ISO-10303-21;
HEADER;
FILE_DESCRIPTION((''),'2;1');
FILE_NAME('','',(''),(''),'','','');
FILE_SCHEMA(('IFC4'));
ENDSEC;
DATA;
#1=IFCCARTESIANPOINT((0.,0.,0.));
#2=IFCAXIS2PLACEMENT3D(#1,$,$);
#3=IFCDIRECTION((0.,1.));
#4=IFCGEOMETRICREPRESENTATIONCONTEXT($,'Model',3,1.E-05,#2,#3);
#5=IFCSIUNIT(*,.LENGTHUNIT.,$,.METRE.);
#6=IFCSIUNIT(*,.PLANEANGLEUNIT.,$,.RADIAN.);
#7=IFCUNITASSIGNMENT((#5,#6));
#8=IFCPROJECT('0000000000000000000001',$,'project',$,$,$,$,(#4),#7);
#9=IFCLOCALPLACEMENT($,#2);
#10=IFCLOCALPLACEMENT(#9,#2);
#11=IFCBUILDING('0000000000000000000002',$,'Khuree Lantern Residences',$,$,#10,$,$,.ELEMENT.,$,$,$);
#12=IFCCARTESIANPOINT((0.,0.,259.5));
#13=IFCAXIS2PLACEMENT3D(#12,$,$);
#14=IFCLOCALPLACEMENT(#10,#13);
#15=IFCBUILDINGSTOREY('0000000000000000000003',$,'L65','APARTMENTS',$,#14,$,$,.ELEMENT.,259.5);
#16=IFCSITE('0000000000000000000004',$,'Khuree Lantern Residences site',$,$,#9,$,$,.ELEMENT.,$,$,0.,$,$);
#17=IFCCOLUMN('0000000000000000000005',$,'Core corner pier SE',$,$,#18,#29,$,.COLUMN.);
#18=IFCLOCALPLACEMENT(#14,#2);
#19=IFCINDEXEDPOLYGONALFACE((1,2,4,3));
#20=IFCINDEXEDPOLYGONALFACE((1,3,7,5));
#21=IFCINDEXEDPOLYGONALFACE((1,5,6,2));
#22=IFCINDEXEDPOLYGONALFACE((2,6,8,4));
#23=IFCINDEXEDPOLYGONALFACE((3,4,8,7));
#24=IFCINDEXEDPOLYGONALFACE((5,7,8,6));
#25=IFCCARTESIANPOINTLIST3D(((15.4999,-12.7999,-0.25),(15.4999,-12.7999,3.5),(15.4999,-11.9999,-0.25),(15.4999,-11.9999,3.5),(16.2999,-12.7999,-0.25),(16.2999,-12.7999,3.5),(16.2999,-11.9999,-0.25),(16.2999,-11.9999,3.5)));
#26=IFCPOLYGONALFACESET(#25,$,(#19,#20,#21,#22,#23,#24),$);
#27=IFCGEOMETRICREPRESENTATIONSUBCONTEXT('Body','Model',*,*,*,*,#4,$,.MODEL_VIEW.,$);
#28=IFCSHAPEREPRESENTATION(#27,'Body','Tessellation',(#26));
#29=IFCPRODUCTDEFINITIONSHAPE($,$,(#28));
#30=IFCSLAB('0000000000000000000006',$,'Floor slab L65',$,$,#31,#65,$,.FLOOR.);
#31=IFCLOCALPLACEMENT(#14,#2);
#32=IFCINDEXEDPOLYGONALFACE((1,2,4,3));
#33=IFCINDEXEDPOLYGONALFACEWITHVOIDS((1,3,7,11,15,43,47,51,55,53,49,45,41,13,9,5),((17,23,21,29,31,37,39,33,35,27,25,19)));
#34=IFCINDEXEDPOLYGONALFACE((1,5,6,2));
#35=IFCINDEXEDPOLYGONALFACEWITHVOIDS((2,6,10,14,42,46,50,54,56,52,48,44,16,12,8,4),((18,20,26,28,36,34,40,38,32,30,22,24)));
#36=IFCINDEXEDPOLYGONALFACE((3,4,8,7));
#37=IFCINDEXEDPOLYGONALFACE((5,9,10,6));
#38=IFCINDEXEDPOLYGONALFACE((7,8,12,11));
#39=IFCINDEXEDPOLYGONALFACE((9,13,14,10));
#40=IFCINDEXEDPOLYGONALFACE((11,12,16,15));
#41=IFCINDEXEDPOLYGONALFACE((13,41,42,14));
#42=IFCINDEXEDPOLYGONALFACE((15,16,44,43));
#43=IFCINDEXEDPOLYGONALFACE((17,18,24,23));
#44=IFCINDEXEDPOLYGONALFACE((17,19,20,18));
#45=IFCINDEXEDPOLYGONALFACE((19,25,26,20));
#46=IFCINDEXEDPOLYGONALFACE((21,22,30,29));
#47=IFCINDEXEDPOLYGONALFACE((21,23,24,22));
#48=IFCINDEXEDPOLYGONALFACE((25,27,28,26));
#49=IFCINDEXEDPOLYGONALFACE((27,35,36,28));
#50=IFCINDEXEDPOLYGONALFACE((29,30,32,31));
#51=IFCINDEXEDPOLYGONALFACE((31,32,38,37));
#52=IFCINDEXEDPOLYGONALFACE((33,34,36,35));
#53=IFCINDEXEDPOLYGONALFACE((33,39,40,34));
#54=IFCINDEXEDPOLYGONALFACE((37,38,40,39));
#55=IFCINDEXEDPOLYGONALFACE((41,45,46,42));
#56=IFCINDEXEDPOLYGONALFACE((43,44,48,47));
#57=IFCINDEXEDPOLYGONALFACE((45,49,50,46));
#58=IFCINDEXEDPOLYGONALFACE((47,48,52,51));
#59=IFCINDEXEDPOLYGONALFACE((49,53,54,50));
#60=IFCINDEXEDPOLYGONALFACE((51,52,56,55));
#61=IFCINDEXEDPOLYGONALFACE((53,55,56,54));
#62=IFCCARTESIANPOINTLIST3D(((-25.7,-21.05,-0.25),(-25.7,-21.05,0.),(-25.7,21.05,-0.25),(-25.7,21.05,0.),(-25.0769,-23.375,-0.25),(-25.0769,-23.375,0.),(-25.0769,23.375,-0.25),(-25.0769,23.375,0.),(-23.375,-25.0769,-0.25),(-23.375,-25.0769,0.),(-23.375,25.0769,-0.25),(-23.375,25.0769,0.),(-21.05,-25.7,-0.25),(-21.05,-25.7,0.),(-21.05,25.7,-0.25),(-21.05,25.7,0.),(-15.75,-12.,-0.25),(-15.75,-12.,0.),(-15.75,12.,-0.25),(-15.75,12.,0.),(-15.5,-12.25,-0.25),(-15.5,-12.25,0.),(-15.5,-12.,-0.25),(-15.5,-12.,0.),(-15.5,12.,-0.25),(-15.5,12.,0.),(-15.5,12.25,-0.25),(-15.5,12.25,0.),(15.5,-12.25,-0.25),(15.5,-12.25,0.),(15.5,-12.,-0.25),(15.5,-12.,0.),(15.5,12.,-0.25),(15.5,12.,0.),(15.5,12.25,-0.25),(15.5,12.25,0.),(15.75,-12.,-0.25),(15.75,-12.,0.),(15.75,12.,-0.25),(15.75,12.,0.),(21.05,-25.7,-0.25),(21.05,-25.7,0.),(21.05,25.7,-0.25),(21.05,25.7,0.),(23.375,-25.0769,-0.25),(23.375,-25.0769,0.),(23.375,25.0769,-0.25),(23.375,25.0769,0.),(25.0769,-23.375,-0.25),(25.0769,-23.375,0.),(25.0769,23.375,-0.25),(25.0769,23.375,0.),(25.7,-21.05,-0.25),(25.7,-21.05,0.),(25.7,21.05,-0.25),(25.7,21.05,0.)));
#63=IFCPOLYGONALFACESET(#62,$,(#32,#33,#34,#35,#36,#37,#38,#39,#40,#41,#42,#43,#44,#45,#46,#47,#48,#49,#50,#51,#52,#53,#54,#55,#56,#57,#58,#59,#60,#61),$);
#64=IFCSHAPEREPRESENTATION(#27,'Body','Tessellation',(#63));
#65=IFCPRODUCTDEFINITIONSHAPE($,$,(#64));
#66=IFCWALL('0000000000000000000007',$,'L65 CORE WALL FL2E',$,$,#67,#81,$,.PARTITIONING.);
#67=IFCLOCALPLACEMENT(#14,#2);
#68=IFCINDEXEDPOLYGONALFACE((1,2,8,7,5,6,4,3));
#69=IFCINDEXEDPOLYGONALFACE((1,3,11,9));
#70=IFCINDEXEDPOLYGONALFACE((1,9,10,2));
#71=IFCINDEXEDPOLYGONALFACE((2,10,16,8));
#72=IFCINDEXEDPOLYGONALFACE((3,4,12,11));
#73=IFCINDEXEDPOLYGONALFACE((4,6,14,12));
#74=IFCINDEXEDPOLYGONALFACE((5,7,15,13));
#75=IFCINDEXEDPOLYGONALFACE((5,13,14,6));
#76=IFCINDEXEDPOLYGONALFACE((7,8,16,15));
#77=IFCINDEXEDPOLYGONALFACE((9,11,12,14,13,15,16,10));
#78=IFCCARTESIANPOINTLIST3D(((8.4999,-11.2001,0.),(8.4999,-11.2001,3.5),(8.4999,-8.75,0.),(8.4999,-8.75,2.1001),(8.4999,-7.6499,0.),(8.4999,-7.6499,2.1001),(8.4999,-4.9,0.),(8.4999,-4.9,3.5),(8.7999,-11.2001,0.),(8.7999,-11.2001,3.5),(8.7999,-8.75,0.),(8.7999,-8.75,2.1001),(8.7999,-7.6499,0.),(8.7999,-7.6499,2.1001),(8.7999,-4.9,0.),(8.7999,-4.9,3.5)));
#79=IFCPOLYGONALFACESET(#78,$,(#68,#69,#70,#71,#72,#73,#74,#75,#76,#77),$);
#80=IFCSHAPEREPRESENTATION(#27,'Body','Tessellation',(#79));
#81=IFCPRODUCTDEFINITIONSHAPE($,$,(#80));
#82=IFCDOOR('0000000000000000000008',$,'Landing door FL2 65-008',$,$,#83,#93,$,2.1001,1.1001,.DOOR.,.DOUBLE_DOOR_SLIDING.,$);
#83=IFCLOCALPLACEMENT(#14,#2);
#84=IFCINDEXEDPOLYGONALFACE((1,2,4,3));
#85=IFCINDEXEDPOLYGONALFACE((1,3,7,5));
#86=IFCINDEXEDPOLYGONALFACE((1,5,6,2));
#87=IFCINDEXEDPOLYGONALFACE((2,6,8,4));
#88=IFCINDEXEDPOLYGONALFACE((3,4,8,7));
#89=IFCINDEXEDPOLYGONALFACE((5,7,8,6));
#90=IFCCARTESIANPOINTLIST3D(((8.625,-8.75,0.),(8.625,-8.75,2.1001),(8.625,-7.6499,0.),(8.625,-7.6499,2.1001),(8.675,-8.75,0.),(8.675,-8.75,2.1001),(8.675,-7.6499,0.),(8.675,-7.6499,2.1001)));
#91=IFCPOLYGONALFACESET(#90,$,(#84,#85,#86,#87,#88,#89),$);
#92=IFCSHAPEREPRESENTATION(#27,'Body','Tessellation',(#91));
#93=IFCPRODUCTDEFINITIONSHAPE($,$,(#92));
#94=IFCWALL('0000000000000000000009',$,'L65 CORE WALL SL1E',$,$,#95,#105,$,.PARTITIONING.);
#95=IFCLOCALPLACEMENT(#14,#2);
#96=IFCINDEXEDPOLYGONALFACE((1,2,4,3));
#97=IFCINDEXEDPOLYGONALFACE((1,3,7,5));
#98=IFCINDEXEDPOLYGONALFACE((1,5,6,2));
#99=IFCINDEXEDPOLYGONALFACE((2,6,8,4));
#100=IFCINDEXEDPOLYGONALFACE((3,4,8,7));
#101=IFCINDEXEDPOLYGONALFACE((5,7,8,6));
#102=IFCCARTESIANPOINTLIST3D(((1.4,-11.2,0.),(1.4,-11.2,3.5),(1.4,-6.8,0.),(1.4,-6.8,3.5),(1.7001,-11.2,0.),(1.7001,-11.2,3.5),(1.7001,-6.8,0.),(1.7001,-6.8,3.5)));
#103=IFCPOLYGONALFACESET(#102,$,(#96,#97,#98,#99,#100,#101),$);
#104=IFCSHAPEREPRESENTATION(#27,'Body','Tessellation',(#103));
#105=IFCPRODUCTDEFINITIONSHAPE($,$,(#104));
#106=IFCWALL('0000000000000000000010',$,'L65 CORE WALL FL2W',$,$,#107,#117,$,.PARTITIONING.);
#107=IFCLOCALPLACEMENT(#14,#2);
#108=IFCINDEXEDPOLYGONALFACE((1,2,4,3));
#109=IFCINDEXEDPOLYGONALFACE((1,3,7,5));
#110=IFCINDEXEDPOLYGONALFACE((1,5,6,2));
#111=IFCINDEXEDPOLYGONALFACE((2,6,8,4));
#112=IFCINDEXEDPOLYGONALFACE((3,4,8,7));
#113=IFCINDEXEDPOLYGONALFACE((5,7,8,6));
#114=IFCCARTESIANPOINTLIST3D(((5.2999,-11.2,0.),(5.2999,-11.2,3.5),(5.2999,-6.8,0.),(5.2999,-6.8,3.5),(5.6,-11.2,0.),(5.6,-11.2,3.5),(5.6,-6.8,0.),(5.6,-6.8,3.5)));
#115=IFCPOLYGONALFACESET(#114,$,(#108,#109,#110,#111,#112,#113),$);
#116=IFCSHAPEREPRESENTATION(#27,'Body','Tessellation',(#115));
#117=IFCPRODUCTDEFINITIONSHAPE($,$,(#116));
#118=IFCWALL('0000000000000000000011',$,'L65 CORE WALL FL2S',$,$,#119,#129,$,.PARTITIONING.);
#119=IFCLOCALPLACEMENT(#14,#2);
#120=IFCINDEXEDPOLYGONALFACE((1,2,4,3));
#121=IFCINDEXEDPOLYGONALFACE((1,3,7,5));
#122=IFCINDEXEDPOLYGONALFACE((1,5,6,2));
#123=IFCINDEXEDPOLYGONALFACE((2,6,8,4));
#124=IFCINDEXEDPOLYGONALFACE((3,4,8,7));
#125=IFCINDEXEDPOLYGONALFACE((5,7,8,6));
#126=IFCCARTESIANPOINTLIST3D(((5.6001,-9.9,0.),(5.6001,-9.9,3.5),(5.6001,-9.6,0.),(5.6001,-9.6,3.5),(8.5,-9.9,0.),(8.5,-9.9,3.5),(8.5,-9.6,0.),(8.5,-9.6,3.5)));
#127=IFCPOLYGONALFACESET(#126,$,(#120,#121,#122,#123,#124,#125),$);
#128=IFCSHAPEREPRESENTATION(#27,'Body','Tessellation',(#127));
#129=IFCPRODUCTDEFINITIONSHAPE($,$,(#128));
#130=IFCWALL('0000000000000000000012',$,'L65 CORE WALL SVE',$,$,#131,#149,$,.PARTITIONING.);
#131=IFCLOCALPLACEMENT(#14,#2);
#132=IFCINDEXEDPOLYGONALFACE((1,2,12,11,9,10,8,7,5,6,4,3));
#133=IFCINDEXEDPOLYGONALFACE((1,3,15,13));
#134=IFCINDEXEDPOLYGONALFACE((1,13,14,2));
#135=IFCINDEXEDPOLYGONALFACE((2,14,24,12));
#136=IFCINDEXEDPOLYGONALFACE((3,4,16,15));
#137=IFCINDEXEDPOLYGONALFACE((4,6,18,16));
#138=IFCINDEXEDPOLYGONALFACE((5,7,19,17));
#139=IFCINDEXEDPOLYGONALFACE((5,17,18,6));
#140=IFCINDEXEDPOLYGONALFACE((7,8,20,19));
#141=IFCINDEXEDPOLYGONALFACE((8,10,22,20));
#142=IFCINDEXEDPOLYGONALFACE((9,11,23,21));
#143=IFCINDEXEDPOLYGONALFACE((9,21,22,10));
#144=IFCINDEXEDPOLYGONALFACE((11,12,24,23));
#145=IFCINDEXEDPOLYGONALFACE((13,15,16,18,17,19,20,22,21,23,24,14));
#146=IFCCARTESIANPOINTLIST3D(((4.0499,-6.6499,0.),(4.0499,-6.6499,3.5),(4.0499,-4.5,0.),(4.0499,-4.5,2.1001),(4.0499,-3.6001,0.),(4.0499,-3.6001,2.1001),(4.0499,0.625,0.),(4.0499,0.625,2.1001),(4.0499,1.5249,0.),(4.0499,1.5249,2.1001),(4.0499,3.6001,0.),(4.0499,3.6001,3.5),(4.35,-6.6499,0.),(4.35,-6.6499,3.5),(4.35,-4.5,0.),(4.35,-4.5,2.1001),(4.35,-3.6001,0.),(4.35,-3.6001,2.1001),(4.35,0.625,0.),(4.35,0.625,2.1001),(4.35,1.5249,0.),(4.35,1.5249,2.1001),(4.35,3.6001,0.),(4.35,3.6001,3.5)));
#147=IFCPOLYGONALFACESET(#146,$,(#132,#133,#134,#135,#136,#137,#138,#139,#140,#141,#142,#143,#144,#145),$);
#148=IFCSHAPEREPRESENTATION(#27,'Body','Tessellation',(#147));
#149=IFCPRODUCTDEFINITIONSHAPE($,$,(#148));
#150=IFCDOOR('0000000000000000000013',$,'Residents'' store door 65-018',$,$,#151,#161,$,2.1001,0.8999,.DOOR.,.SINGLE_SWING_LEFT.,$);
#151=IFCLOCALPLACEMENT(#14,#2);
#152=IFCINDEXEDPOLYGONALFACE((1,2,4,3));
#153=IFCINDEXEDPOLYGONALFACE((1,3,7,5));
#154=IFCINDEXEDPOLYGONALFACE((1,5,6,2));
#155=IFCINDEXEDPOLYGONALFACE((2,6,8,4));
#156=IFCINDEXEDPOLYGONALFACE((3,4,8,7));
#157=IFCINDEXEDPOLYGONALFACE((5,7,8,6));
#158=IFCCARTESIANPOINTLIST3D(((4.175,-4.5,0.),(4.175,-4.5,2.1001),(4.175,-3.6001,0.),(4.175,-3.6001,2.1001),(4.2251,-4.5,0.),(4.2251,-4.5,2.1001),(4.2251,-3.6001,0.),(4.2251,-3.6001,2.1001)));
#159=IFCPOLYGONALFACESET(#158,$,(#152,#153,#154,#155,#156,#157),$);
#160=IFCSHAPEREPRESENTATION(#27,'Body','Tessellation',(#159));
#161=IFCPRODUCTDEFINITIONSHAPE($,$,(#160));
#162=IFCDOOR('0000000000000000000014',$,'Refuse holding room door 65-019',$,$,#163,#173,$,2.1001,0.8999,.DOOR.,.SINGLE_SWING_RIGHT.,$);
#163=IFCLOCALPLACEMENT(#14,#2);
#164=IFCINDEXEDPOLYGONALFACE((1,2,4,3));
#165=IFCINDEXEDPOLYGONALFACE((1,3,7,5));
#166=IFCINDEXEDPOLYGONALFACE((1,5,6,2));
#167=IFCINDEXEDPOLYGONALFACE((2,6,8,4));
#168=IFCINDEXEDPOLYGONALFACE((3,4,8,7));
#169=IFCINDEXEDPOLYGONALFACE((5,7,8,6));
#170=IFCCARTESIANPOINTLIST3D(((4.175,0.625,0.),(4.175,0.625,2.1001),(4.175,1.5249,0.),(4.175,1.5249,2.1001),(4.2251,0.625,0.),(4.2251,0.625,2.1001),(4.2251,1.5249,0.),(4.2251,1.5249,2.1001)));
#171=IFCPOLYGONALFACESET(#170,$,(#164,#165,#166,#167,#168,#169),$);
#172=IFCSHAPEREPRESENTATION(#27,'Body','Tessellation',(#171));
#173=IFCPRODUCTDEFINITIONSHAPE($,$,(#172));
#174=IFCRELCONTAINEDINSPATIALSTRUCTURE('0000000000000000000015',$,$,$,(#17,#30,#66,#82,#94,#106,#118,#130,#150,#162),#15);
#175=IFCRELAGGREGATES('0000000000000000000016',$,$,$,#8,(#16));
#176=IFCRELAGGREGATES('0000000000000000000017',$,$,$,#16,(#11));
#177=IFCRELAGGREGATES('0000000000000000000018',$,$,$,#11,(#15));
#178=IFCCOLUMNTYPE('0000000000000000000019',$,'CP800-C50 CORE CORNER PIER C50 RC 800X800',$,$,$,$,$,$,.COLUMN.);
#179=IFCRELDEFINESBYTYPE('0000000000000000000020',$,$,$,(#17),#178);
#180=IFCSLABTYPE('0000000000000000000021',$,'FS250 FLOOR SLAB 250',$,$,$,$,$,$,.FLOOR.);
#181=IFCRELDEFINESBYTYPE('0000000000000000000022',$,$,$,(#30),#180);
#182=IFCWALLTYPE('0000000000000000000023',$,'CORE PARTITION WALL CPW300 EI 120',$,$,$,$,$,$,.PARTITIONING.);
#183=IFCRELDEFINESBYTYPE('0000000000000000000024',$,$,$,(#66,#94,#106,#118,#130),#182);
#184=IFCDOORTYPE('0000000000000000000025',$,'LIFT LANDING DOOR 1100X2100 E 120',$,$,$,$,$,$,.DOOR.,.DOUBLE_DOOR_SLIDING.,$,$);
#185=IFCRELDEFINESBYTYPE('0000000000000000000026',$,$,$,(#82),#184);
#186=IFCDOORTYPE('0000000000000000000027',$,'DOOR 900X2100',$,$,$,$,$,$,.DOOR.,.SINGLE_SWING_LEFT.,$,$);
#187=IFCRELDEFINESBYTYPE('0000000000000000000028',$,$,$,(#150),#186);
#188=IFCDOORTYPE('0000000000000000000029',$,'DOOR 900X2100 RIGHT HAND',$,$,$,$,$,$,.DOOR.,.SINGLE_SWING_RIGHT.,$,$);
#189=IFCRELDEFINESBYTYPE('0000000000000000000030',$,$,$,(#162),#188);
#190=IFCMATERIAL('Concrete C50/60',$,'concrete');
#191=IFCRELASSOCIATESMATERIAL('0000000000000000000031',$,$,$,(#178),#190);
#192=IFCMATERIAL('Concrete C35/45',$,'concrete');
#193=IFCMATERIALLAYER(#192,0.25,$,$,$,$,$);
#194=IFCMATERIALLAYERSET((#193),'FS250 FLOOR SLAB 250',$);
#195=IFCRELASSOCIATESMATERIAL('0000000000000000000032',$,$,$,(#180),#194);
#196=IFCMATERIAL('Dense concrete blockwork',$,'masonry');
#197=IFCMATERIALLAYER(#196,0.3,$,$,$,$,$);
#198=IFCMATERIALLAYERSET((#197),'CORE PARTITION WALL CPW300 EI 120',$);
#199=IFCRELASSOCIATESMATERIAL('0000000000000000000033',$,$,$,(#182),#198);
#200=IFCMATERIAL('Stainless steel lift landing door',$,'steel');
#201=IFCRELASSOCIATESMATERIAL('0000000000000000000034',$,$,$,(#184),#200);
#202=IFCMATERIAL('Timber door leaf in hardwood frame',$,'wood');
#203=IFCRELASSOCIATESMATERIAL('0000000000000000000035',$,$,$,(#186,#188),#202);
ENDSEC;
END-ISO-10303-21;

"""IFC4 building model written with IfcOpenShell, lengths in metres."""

from ifc_helpers import new_model, si_unit, direction, frame, frame_2d, origin, origin_2d, place, context, subcontext, project, spatial, polyline, rectangle, outline, extrude, material, layer, layer_set, material_profile, profile_set, type_object, element, fill, save


model = new_model("IFC4")

# Units and contexts
model_context = context("Model", 3, precision=1e-05, world=origin(), true_north=direction((0.0, 1.0)))
body_context = subcontext(model_context, "Body", "Model", "MODEL_VIEW")
ifc_project = project(units=[si_unit("LENGTHUNIT", "METRE"), si_unit("PLANEANGLEUNIT", "RADIAN")], contexts=[model_context])

# Site, building, storey
site_placement = place(None, origin())
site = spatial("IfcSite", under=ifc_project, at=site_placement, Name="Khuree Lantern Residences site", CompositionType="ELEMENT", RefElevation=0.0)
building_placement = place(site_placement, origin())
building = spatial("IfcBuilding", under=site, at=building_placement, Name="Khuree Lantern Residences", CompositionType="ELEMENT")
storey_placement = place(building_placement, frame((0.0, 0.0, 259.5)))
storey = spatial("IfcBuildingStorey", under=building, at=storey_placement, Name="L65", Description="APARTMENTS", CompositionType="ELEMENT", Elevation=259.5)

# Column
ifc_material_1 = material(Name="Concrete C50/60", Category="concrete")
ifc_material_profile = material_profile(ifc_material_1, rectangle(XDim=0.8, YDim=0.8, at=origin_2d()), Name="RC 800X800")
ifc_profile_set = profile_set([ifc_material_profile], Name="Concrete C50/60")
column_type = type_object("IfcColumnType", Name="CP800-C50 CORE CORNER PIER C50 RC 800X800", PredefinedType="COLUMN", material=ifc_profile_set)
column_placement = place(storey_placement, frame((15.8999, -12.3999, -0.25), z_axis=(0.0, 0.0, 1.0), x_axis=(1.0, 0.0, 0.0)))
element("IfcColumn", 1, at=column_placement, inside=storey, type_object=column_type, Name="Core corner pier SE", PredefinedType="COLUMN", context=body_context, shape_type="SweptSolid", body=[
    extrude(rectangle(XDim=0.8, YDim=0.8, at=origin_2d()), origin(), (0.0, 0.0, 1.0), 3.75),
])

# Slab
ifc_material_2 = material(Name="Concrete C35/45", Category="concrete")
ifc_layer_1 = layer(ifc_material_2, 0.25)
ifc_layer_set_1 = layer_set([ifc_layer_1], Name="FS250 FLOOR SLAB 250")
slab_type = type_object("IfcSlabType", Name="FS250 FLOOR SLAB 250", PredefinedType="FLOOR", material=ifc_layer_set_1)
slab_placement = place(storey_placement, frame((0.0, 0.0, -0.25)))
element("IfcSlab", 2, at=slab_placement, inside=storey, type_object=slab_type, Name="Floor slab L65", PredefinedType="FLOOR", context=body_context, shape_type="SweptSolid", body=[
    extrude(outline(polyline([(-23.375, -25.0769), (-25.0769, -23.375), (-25.7, -21.05), (-25.7, 21.05), (-25.0769, 23.375), (-23.375, 25.0769), (-21.05, 25.7), (21.05, 25.7), (23.375, 25.0769), (25.0769, 23.375), (25.7, 21.05), (25.7, -21.05), (25.0769, -23.375), (23.375, -25.0769), (21.05, -25.7), (-21.05, -25.7), (-23.375, -25.0769)]), holes=[polyline([(15.75, 12.0), (15.5, 12.0), (15.5, 12.25), (-15.5, 12.25), (-15.5, 12.0), (-15.75, 12.0), (-15.75, -12.0), (-15.5, -12.0), (-15.5, -12.25), (15.5, -12.25), (15.5, -12.0), (15.75, -12.0), (15.75, 12.0)])]), origin(), (0.0, 0.0, 1.0), 0.25),
])

# Wall, opening, door
ifc_material_3 = material(Name="Dense concrete blockwork", Category="masonry")
ifc_layer_2 = layer(ifc_material_3, 0.3)
ifc_layer_set_2 = layer_set([ifc_layer_2], Name="CORE PARTITION WALL CPW300 EI 120")
wall_type_1 = type_object("IfcWallType", Name="CORE PARTITION WALL CPW300 EI 120", PredefinedType="PARTITIONING", material=ifc_layer_set_2)
wall_1_placement = place(storey_placement, frame((8.6499, -11.2, 0.0), z_axis=(0.0, 0.0, 1.0), x_axis=(0.0, 1.0, 0.0)))
wall_1 = element("IfcWall", 3, at=wall_1_placement, inside=storey, type_object=wall_type_1, Name="L65 CORE WALL FL2E", PredefinedType="PARTITIONING", context=body_context, shape_type="SweptSolid", body=[
    extrude(rectangle(XDim=6.3, YDim=0.3, at=frame_2d((3.1499, 0.0))), origin(), (0.0, 0.0, 1.0), 3.5),
])
opening_1_placement = place(wall_1_placement, frame((2.45, 0.0, 0.0)))
opening_1 = element("IfcOpeningElement", 4, at=opening_1_placement, cuts=wall_1, PredefinedType="OPENING", context=body_context, shape_type="SweptSolid", body=[
    extrude(rectangle(XDim=1.1001, YDim=2.1001, at=frame_2d((0.55, 1.05))), frame((0.0, 0.1602, 0.0), z_axis=(0.0, -1.0, 0.0), x_axis=(1.0, 0.0, 0.0)), (0.0, 0.0, 1.0), 0.3201),
])
ifc_material_4 = material(Name="Stainless steel lift landing door", Category="steel")
door_type_1 = type_object("IfcDoorType", Name="LIFT LANDING DOOR 1100X2100 E 120", OperationType="DOUBLE_DOOR_SLIDING", PredefinedType="DOOR", material=ifc_material_4)
door_1_placement = place(opening_1_placement, origin())
door_1 = element("IfcDoor", 5, at=door_1_placement, inside=storey, type_object=door_type_1, Name="Landing door FL2 65-008", OperationType="DOUBLE_DOOR_SLIDING", OverallHeight=2.1001, OverallWidth=1.1001, PredefinedType="DOOR", context=body_context, shape_type="SweptSolid", body=[
    extrude(rectangle(XDim=1.1001, YDim=2.1001, at=frame_2d((0.55, 1.05))), frame((0.0, 0.0249, 0.0), z_axis=(0.0, -1.0, 0.0), x_axis=(1.0, 0.0, 0.0)), (0.0, 0.0, 1.0), 0.05),
])
fill(opening_1, door_1)

# Walls
for number, where, z_axis, x_axis, name in (
    (6, (1.55, -11.2, 0.0), (0.0, 0.0, 1.0), (0.0, 1.0, 0.0), "L65 CORE WALL SL1E"),
    (7, (5.45, -11.2, 0.0), (0.0, 0.0, 1.0), (0.0, 1.0, 0.0), "L65 CORE WALL FL2W"),
):
    element("IfcWall", number, at=place(storey_placement, frame(where, z_axis=z_axis, x_axis=x_axis)), inside=storey, type_object=wall_type_1, Name=name, PredefinedType="PARTITIONING", context=body_context, shape_type="SweptSolid", body=[
        extrude(rectangle(XDim=4.3999, YDim=0.3, at=frame_2d((2.2, 0.0))), origin(), (0.0, 0.0, 1.0), 3.5),
    ])
wall_2_placement = place(storey_placement, frame((5.6001, -9.75, 0.0), z_axis=(0.0, 0.0, 1.0), x_axis=(1.0, 0.0, 0.0)))
element("IfcWall", 8, at=wall_2_placement, inside=storey, type_object=wall_type_1, Name="L65 CORE WALL FL2S", PredefinedType="PARTITIONING", context=body_context, shape_type="SweptSolid", body=[
    extrude(rectangle(XDim=2.8999, YDim=0.3, at=frame_2d((1.45, 0.0))), origin(), (0.0, 0.0, 1.0), 3.5),
])

# Wall, openings, doors
wall_3_placement = place(storey_placement, frame((4.2, -6.6499, 0.0), z_axis=(0.0, 0.0, 1.0), x_axis=(0.0, 1.0, 0.0)))
wall_3 = element("IfcWall", 9, at=wall_3_placement, inside=storey, type_object=wall_type_1, Name="L65 CORE WALL SVE", PredefinedType="PARTITIONING", context=body_context, shape_type="SweptSolid", body=[
    extrude(rectangle(XDim=10.25, YDim=0.3, at=frame_2d((5.125, 0.0))), origin(), (0.0, 0.0, 1.0), 3.5),
])
opening_2_placement = place(wall_3_placement, frame((2.1499, 0.0, 0.0)))
opening_2 = element("IfcOpeningElement", 10, at=opening_2_placement, cuts=wall_3, PredefinedType="OPENING", context=body_context, shape_type="SweptSolid", body=[
    extrude(rectangle(XDim=0.8999, YDim=2.1001, at=frame_2d((0.45, 1.05))), frame((0.0, 0.1602, 0.0), z_axis=(0.0, -1.0, 0.0), x_axis=(1.0, 0.0, 0.0)), (0.0, 0.0, 1.0), 0.3201),
])
opening_3_placement = place(wall_3_placement, frame((7.2749, 0.0, 0.0)))
opening_3 = element("IfcOpeningElement", 11, at=opening_3_placement, cuts=wall_3, PredefinedType="OPENING", context=body_context, shape_type="SweptSolid", body=[
    extrude(rectangle(XDim=0.8999, YDim=2.1001, at=frame_2d((0.45, 1.05))), frame((0.0, 0.1602, 0.0), z_axis=(0.0, -1.0, 0.0), x_axis=(1.0, 0.0, 0.0)), (0.0, 0.0, 1.0), 0.3201),
])
ifc_material_5 = material(Name="Timber door leaf in hardwood frame", Category="wood")
door_type_2 = type_object("IfcDoorType", Name="DOOR 900X2100", OperationType="SINGLE_SWING_LEFT", PredefinedType="DOOR", material=ifc_material_5)
door_2_placement = place(opening_2_placement, origin())
door_2 = element("IfcDoor", 12, at=door_2_placement, inside=storey, type_object=door_type_2, Name="Residents' store door 65-018", OperationType="SINGLE_SWING_LEFT", OverallHeight=2.1001, OverallWidth=0.8999, PredefinedType="DOOR", context=body_context, shape_type="SweptSolid", body=[
    extrude(rectangle(XDim=0.8999, YDim=2.1001, at=frame_2d((0.45, 1.05))), frame((0.0, 0.0249, 0.0), z_axis=(0.0, -1.0, 0.0), x_axis=(1.0, 0.0, 0.0)), (0.0, 0.0, 1.0), 0.05),
])
fill(opening_2, door_2)
door_type_3 = type_object("IfcDoorType", Name="DOOR 900X2100 RIGHT HAND", OperationType="SINGLE_SWING_RIGHT", PredefinedType="DOOR", material=ifc_material_5)
door_3_placement = place(opening_3_placement, origin())
door_3 = element("IfcDoor", 13, at=door_3_placement, inside=storey, type_object=door_type_3, Name="Refuse holding room door 65-019", OperationType="SINGLE_SWING_RIGHT", OverallHeight=2.1001, OverallWidth=0.8999, PredefinedType="DOOR", context=body_context, shape_type="SweptSolid", body=[
    extrude(rectangle(XDim=0.8999, YDim=2.1001, at=frame_2d((0.45, 1.05))), frame((0.0, 0.0249, 0.0), z_axis=(0.0, -1.0, 0.0), x_axis=(1.0, 0.0, 0.0)), (0.0, 0.0, 1.0), 0.05),
])
fill(opening_3, door_3)

save(model, "model.ifc")
